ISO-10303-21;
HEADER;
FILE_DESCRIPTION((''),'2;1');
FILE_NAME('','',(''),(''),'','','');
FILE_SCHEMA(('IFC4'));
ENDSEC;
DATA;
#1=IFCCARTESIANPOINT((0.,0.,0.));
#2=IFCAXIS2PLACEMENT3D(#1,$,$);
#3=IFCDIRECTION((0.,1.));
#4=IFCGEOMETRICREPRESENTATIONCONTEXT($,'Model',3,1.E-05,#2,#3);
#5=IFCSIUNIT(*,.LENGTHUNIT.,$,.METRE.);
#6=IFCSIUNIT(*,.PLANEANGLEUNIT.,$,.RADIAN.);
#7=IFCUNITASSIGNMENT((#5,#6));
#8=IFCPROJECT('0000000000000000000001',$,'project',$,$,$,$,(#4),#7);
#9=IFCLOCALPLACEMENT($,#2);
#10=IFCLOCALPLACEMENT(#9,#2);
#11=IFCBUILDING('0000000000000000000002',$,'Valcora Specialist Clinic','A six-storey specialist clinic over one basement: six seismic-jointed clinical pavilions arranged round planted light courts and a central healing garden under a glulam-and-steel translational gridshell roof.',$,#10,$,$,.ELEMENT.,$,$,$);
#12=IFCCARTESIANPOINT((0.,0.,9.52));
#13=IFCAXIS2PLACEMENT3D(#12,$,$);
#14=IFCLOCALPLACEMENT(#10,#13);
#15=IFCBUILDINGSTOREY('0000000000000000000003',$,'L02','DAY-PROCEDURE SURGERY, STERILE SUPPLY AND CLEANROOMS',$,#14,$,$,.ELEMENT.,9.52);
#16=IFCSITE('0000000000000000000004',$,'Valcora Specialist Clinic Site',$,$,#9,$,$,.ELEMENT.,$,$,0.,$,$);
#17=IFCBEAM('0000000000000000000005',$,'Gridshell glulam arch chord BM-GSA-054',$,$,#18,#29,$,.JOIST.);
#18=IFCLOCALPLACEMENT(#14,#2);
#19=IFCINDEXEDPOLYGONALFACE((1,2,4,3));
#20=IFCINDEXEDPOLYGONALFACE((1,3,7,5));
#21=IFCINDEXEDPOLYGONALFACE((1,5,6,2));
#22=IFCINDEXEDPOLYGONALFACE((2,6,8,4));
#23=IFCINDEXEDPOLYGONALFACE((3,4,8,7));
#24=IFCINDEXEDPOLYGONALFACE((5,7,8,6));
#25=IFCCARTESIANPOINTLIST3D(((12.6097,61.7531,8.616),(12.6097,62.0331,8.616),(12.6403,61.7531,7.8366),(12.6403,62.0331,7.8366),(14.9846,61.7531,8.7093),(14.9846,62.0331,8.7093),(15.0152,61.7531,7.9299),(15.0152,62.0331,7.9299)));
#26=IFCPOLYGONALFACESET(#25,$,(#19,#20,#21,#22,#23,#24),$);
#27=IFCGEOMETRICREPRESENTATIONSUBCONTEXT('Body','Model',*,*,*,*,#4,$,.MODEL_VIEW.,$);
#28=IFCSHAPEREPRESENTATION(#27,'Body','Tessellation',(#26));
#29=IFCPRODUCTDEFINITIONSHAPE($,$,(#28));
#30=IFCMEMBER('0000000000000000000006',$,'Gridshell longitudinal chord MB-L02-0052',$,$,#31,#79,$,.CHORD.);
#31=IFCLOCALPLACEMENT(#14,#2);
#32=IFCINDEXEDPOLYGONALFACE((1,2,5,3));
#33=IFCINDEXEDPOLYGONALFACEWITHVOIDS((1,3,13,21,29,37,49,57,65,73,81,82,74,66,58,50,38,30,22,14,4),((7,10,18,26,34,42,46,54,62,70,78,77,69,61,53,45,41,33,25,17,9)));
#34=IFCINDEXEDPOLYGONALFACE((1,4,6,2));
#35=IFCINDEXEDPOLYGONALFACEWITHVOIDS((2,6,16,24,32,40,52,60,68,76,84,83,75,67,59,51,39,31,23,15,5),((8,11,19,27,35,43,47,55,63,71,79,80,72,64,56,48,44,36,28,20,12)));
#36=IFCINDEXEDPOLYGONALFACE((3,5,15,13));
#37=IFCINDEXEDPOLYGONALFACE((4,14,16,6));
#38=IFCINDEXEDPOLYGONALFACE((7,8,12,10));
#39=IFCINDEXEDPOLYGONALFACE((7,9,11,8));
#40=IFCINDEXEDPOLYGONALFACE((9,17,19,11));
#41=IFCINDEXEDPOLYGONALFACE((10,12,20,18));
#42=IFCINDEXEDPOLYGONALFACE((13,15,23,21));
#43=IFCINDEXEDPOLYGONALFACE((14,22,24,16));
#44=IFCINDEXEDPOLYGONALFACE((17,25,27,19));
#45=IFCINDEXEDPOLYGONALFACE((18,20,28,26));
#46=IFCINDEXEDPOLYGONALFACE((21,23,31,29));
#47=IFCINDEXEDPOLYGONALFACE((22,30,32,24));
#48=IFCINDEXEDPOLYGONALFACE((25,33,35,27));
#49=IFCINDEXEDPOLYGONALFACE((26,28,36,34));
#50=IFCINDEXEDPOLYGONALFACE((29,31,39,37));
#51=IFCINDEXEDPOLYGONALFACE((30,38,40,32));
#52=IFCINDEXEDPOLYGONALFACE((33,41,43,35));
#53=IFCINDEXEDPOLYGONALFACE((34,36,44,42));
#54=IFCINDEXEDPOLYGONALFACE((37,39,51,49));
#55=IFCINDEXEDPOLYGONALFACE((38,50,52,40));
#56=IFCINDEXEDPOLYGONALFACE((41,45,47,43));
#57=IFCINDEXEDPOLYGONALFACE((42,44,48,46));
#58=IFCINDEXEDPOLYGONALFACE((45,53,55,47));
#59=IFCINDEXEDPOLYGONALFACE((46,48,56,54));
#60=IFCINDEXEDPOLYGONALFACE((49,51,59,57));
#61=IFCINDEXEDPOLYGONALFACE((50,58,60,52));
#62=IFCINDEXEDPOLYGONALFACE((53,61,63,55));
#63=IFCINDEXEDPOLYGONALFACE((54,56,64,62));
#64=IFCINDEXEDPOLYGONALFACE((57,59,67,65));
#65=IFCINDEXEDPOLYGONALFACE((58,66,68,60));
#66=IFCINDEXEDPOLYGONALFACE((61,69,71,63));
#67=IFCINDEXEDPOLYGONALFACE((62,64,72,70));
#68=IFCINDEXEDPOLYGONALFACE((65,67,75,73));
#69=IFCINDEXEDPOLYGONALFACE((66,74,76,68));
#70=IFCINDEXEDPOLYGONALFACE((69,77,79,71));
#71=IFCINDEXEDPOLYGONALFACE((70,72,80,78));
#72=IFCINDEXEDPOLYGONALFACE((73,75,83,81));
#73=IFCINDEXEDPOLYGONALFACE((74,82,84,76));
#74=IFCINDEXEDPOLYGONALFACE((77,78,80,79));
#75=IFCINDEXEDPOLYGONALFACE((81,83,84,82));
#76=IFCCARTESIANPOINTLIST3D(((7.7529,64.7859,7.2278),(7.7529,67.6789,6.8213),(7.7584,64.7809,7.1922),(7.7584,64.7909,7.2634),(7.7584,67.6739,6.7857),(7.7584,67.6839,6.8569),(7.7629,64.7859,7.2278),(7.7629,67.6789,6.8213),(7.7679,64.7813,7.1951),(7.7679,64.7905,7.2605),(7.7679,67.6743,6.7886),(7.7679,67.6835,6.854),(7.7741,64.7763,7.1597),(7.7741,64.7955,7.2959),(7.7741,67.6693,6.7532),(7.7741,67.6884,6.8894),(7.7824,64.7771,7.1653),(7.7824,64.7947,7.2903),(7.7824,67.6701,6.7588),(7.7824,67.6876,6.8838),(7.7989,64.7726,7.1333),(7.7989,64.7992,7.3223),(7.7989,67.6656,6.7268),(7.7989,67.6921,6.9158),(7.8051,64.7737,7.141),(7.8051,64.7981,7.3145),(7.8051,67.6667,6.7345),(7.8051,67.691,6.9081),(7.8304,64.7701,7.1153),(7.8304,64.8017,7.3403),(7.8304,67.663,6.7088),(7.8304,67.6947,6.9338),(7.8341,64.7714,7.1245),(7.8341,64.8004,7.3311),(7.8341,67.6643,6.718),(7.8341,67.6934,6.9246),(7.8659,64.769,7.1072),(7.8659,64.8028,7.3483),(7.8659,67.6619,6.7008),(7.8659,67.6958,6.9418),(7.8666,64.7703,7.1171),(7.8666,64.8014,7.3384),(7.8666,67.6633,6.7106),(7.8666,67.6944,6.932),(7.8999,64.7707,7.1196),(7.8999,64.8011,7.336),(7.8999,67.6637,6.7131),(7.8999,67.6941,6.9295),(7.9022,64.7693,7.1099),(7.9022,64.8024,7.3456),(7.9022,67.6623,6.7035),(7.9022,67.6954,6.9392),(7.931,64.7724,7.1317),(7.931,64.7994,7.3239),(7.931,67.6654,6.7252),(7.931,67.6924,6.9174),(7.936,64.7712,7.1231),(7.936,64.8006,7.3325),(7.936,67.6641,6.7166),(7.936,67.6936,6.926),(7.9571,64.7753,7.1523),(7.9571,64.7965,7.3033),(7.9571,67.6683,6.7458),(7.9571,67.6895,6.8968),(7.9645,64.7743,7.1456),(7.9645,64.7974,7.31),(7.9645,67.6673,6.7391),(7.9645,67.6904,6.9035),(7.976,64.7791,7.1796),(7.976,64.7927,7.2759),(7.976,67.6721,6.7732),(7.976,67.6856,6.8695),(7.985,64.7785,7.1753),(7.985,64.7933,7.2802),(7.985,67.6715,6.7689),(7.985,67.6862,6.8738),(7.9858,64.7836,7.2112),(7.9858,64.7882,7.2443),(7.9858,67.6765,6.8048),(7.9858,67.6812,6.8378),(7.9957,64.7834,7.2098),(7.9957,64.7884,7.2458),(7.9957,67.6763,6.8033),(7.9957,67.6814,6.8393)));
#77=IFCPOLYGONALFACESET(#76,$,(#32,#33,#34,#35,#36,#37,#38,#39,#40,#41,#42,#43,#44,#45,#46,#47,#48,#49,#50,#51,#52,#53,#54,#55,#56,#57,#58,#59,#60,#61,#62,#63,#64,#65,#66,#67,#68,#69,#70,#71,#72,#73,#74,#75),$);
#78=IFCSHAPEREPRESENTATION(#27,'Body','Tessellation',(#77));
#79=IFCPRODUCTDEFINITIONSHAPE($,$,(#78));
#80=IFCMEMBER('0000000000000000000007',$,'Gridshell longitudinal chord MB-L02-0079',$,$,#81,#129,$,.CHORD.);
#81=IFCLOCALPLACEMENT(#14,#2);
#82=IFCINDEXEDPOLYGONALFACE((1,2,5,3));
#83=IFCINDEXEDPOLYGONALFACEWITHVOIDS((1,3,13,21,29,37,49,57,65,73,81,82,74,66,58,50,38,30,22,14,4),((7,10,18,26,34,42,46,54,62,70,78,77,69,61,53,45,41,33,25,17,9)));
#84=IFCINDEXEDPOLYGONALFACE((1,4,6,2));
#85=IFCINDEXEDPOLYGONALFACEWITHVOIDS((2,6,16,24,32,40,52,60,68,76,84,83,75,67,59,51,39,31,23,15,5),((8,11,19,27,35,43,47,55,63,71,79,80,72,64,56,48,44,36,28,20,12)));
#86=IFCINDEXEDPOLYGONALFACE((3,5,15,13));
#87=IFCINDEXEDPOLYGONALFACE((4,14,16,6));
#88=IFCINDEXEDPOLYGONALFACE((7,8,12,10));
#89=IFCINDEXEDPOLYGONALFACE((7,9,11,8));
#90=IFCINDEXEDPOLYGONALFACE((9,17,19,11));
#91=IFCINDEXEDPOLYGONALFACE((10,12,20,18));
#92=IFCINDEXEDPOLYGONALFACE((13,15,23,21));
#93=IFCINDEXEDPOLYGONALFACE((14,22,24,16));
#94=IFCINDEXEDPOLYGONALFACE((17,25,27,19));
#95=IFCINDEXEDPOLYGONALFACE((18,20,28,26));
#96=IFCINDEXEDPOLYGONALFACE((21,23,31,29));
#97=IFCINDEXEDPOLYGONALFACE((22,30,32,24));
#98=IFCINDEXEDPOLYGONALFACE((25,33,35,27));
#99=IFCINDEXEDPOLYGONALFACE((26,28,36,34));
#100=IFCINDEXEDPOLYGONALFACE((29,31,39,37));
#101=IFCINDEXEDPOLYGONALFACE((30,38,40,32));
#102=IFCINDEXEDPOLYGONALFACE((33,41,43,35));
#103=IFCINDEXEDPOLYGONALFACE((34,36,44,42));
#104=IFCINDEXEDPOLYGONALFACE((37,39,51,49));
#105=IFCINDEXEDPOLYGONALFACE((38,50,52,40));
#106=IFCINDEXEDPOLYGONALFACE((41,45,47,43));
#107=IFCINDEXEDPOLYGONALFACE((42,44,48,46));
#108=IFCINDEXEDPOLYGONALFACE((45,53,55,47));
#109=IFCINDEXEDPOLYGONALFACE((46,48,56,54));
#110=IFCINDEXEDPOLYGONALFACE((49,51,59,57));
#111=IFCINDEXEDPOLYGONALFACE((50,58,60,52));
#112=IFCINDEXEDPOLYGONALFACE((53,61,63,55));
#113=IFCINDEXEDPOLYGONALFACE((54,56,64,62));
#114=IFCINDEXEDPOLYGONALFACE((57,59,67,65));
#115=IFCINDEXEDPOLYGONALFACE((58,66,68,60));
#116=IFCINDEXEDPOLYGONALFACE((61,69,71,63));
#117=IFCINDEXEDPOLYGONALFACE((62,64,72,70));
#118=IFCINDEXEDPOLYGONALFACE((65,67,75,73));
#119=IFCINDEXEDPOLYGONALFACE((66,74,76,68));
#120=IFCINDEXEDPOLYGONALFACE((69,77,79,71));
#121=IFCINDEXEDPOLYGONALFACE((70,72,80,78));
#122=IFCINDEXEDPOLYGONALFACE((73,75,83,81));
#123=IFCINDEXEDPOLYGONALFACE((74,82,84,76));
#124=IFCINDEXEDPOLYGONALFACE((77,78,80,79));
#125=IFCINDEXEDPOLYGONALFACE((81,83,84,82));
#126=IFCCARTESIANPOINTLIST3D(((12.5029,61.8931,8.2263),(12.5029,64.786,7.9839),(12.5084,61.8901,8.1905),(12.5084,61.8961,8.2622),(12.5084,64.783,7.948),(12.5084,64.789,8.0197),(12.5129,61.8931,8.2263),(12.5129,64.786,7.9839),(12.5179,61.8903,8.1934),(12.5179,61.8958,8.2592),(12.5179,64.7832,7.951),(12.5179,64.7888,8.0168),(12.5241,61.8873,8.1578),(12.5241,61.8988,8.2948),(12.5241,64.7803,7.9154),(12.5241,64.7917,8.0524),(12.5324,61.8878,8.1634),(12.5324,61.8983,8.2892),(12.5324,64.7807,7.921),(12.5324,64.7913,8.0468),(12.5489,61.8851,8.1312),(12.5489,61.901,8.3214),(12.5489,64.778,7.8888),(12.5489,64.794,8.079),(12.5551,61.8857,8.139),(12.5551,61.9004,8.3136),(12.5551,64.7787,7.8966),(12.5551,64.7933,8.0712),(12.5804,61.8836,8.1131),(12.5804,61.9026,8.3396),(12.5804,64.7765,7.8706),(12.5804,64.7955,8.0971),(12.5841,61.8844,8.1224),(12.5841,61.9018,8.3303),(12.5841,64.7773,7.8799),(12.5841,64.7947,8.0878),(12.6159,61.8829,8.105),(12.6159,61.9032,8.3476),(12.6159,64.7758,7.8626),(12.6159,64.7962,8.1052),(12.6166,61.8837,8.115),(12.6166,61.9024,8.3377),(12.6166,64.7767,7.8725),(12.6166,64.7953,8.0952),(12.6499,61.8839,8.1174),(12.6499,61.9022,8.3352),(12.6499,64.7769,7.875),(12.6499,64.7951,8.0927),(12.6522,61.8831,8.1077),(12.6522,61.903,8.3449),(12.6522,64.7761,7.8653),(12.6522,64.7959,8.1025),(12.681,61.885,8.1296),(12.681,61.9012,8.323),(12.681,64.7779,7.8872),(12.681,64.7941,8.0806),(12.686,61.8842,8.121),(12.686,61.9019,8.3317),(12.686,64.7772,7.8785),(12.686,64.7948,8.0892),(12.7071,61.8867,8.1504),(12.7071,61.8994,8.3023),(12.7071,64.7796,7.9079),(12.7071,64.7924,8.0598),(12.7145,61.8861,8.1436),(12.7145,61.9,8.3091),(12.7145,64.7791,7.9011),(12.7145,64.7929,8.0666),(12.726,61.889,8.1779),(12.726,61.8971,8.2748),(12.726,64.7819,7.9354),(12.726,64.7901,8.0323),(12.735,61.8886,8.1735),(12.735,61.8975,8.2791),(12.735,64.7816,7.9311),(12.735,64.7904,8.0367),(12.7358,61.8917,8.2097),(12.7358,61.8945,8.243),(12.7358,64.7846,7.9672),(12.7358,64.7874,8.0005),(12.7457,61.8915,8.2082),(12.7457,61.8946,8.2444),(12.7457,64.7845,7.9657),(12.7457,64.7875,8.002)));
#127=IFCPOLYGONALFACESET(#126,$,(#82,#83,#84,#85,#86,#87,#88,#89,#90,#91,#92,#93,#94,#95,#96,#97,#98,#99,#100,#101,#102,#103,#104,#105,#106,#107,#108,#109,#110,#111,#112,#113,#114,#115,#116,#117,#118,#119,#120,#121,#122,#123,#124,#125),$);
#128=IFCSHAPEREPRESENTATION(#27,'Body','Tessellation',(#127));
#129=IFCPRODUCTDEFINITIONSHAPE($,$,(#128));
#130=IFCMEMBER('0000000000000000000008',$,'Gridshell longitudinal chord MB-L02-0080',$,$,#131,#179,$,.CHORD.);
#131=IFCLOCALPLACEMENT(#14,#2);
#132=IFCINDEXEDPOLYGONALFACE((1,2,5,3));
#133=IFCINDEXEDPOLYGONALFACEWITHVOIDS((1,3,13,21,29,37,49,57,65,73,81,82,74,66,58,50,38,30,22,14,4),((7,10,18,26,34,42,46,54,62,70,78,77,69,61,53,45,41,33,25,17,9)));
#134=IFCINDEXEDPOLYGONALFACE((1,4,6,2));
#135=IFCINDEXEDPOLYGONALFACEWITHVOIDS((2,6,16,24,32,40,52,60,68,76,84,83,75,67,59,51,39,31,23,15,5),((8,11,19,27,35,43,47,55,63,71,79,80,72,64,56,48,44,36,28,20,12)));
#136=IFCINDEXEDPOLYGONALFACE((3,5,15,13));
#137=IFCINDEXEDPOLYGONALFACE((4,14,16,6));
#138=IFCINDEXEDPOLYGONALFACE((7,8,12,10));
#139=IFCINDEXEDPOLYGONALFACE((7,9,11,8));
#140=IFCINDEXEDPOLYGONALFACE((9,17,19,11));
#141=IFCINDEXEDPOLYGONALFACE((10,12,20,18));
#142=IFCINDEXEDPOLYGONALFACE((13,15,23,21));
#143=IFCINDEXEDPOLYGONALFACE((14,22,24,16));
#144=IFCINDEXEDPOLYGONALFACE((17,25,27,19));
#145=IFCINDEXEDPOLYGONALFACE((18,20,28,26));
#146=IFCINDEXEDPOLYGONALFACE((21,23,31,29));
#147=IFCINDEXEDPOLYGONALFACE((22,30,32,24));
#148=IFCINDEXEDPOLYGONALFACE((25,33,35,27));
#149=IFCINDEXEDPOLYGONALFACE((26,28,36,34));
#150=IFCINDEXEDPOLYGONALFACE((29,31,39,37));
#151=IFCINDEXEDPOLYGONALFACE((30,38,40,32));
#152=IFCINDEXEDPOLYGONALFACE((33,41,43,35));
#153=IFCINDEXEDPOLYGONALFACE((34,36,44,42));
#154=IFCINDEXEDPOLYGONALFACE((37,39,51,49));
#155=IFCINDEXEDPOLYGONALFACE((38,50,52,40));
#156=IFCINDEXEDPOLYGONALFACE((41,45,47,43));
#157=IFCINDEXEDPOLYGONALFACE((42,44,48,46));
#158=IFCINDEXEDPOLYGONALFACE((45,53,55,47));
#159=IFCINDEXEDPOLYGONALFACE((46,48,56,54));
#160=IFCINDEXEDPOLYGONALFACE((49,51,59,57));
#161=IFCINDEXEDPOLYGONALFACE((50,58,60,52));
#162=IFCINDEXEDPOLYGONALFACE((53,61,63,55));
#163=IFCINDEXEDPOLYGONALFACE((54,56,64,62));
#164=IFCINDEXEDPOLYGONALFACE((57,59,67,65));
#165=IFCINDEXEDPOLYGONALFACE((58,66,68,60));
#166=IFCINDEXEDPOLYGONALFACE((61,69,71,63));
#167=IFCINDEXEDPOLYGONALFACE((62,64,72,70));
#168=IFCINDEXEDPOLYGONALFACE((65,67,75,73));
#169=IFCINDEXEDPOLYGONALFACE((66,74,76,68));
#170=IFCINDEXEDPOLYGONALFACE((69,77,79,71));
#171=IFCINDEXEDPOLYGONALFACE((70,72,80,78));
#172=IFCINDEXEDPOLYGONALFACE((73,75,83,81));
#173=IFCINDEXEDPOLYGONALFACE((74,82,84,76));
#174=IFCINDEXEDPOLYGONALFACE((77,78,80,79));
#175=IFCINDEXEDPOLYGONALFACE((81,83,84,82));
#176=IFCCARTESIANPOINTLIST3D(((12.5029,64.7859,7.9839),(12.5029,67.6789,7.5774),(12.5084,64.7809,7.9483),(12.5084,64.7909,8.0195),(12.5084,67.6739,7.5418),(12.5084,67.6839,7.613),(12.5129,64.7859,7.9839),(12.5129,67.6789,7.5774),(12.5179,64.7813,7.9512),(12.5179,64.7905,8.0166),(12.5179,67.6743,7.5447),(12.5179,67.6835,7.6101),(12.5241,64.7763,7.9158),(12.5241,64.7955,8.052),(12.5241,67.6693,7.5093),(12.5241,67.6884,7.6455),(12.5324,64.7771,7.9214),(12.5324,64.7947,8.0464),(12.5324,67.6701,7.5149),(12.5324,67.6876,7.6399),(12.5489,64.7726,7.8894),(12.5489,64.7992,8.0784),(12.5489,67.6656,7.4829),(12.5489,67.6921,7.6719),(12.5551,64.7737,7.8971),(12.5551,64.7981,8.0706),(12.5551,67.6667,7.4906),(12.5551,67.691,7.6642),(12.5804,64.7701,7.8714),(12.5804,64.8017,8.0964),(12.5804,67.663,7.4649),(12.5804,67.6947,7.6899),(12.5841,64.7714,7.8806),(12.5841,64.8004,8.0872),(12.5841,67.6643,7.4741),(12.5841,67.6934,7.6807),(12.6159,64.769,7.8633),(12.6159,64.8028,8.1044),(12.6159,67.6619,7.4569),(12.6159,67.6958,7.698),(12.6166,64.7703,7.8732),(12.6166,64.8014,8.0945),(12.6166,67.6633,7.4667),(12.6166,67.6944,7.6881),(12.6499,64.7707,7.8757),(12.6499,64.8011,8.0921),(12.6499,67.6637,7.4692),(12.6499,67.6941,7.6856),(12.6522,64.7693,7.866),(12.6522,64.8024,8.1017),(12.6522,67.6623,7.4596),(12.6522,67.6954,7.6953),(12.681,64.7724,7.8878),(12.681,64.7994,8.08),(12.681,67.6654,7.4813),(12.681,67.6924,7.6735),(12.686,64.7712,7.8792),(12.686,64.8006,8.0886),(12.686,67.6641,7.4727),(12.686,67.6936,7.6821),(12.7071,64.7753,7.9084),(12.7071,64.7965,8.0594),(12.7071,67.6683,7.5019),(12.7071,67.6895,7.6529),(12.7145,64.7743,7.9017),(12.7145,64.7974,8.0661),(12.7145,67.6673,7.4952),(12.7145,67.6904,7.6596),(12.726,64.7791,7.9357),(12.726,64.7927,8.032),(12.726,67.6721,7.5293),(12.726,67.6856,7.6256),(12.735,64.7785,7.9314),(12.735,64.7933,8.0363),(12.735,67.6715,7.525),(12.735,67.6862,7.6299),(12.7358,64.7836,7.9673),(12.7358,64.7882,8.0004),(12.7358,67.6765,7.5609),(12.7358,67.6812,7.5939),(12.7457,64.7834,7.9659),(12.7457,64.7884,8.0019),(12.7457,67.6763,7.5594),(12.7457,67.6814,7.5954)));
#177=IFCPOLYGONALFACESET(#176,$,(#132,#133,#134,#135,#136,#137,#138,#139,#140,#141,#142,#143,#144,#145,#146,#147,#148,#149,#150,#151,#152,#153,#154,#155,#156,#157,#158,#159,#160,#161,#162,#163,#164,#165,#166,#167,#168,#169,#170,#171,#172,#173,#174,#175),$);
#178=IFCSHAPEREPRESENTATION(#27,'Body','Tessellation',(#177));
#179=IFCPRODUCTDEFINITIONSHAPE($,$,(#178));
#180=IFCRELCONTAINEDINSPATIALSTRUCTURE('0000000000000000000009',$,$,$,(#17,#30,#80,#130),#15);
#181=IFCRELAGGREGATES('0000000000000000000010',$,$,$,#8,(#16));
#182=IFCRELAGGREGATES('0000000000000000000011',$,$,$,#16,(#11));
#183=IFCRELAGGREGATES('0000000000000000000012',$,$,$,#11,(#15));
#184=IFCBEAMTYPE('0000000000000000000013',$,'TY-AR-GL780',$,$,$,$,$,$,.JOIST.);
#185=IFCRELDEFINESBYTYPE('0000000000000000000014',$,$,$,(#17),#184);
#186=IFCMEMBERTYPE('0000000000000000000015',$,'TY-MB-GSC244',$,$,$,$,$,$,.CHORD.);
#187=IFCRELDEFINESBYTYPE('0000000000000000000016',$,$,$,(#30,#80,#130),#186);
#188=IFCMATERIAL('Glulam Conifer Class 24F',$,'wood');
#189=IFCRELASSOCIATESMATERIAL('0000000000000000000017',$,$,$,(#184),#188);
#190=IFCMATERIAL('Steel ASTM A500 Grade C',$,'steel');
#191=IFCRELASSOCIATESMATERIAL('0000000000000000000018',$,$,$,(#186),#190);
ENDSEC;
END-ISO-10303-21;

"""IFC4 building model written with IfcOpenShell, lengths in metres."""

from ifc_helpers import new_model, si_unit, direction, frame, origin, origin_2d, place, context, subcontext, project, spatial, rectangle, hollow_circle, extrude, material, material_profile, profile_set, type_object, element, save


model = new_model("IFC4")

# Units and contexts
model_context = context("Model", 3, precision=1e-05, world=origin(), true_north=direction((0.0, 1.0)))
body_context = subcontext(model_context, "Body", "Model", "MODEL_VIEW")
ifc_project = project(units=[si_unit("LENGTHUNIT", "METRE"), si_unit("PLANEANGLEUNIT", "RADIAN")], contexts=[model_context])

# Site, building, storey
site_placement = place(None, origin())
site = spatial("IfcSite", under=ifc_project, at=site_placement, Name="Valcora Specialist Clinic Site", CompositionType="ELEMENT", RefElevation=0.0)
building_placement = place(site_placement, origin())
building = spatial("IfcBuilding", under=site, at=building_placement, Name="Valcora Specialist Clinic", Description="A six-storey specialist clinic over one basement: six seismic-jointed clinical pavilions arranged round planted light courts and a central healing garden under a glulam-and-steel translational gridshell roof.", CompositionType="ELEMENT")
storey_placement = place(building_placement, frame((0.0, 0.0, 9.52)))
storey = spatial("IfcBuildingStorey", under=building, at=storey_placement, Name="L02", Description="DAY-PROCEDURE SURGERY, STERILE SUPPLY AND CLEANROOMS", CompositionType="ELEMENT", Elevation=9.52)

# Beam
ifc_material_1 = material(Name="Glulam Conifer Class 24F", Category="wood")
ifc_material_profile_1 = material_profile(ifc_material_1, rectangle(XDim=0.28, YDim=0.78, at=origin_2d()), Name="GL-ARC-280X780")
ifc_profile_set_1 = profile_set([ifc_material_profile_1], Name="Glulam Conifer Class 24F")
beam_type = type_object("IfcBeamType", Name="TY-AR-GL780", PredefinedType="JOIST", material=ifc_profile_set_1)
beam_placement = place(storey_placement, frame((12.625, 61.8931, 8.2263), z_axis=(0.99923, 0.0, 0.039238), x_axis=(0.0, 1.0, 0.0)))
element("IfcBeam", 1, at=beam_placement, inside=storey, type_object=beam_type, Name="Gridshell glulam arch chord BM-GSA-054", PredefinedType="JOIST", context=body_context, shape_type="SweptSolid", body=[
    extrude(rectangle(XDim=0.28, YDim=0.78, at=origin_2d()), origin(), (0.0, 0.0, 1.0), 2.3767),
])

# Members
ifc_material_2 = material(Name="Steel ASTM A500 Grade C", Category="steel")
ifc_material_profile_2 = material_profile(ifc_material_2, hollow_circle(Radius=0.1221, WallThickness=0.01, at=origin_2d()), Name="ST-CHS-244X10")
ifc_profile_set_2 = profile_set([ifc_material_profile_2], Name="Steel ASTM A500 Grade C")
member_type_1 = type_object("IfcMemberType", Name="TY-MB-GSC244", PredefinedType="CHORD", material=ifc_profile_set_2)
member_1_placement = place(storey_placement, frame((7.875, 64.7859, 7.2278), z_axis=(0.0, 0.990273, -0.13914), x_axis=(-1.0, 0.0, 0.0)))
element("IfcMember", 2, at=member_1_placement, inside=storey, type_object=member_type_1, Name="Gridshell longitudinal chord MB-L02-0052", PredefinedType="CHORD", context=body_context, shape_type="SweptSolid", body=[
    extrude(hollow_circle(Radius=0.1221, WallThickness=0.01, at=origin_2d()), origin(), (0.0, 0.0, 1.0), 2.9214),
])
member_2_placement = place(storey_placement, frame((12.625, 61.8931, 8.2263), z_axis=(0.0, 0.996507, -0.083512), x_axis=(-1.0, 0.0, 0.0)))
element("IfcMember", 3, at=member_2_placement, inside=storey, type_object=member_type_1, Name="Gridshell longitudinal chord MB-L02-0079", PredefinedType="CHORD", context=body_context, shape_type="SweptSolid", body=[
    extrude(hollow_circle(Radius=0.1221, WallThickness=0.01, at=origin_2d()), origin(), (0.0, 0.0, 1.0), 2.9031),
])
member_3_placement = place(storey_placement, frame((12.625, 64.7859, 7.9839), z_axis=(0.0, 0.990273, -0.13914), x_axis=(-1.0, 0.0, 0.0)))
element("IfcMember", 4, at=member_3_placement, inside=storey, type_object=member_type_1, Name="Gridshell longitudinal chord MB-L02-0080", PredefinedType="CHORD", context=body_context, shape_type="SweptSolid", body=[
    extrude(hollow_circle(Radius=0.1221, WallThickness=0.01, at=origin_2d()), origin(), (0.0, 0.0, 1.0), 2.9214),
])

save(model, "model.ifc")
